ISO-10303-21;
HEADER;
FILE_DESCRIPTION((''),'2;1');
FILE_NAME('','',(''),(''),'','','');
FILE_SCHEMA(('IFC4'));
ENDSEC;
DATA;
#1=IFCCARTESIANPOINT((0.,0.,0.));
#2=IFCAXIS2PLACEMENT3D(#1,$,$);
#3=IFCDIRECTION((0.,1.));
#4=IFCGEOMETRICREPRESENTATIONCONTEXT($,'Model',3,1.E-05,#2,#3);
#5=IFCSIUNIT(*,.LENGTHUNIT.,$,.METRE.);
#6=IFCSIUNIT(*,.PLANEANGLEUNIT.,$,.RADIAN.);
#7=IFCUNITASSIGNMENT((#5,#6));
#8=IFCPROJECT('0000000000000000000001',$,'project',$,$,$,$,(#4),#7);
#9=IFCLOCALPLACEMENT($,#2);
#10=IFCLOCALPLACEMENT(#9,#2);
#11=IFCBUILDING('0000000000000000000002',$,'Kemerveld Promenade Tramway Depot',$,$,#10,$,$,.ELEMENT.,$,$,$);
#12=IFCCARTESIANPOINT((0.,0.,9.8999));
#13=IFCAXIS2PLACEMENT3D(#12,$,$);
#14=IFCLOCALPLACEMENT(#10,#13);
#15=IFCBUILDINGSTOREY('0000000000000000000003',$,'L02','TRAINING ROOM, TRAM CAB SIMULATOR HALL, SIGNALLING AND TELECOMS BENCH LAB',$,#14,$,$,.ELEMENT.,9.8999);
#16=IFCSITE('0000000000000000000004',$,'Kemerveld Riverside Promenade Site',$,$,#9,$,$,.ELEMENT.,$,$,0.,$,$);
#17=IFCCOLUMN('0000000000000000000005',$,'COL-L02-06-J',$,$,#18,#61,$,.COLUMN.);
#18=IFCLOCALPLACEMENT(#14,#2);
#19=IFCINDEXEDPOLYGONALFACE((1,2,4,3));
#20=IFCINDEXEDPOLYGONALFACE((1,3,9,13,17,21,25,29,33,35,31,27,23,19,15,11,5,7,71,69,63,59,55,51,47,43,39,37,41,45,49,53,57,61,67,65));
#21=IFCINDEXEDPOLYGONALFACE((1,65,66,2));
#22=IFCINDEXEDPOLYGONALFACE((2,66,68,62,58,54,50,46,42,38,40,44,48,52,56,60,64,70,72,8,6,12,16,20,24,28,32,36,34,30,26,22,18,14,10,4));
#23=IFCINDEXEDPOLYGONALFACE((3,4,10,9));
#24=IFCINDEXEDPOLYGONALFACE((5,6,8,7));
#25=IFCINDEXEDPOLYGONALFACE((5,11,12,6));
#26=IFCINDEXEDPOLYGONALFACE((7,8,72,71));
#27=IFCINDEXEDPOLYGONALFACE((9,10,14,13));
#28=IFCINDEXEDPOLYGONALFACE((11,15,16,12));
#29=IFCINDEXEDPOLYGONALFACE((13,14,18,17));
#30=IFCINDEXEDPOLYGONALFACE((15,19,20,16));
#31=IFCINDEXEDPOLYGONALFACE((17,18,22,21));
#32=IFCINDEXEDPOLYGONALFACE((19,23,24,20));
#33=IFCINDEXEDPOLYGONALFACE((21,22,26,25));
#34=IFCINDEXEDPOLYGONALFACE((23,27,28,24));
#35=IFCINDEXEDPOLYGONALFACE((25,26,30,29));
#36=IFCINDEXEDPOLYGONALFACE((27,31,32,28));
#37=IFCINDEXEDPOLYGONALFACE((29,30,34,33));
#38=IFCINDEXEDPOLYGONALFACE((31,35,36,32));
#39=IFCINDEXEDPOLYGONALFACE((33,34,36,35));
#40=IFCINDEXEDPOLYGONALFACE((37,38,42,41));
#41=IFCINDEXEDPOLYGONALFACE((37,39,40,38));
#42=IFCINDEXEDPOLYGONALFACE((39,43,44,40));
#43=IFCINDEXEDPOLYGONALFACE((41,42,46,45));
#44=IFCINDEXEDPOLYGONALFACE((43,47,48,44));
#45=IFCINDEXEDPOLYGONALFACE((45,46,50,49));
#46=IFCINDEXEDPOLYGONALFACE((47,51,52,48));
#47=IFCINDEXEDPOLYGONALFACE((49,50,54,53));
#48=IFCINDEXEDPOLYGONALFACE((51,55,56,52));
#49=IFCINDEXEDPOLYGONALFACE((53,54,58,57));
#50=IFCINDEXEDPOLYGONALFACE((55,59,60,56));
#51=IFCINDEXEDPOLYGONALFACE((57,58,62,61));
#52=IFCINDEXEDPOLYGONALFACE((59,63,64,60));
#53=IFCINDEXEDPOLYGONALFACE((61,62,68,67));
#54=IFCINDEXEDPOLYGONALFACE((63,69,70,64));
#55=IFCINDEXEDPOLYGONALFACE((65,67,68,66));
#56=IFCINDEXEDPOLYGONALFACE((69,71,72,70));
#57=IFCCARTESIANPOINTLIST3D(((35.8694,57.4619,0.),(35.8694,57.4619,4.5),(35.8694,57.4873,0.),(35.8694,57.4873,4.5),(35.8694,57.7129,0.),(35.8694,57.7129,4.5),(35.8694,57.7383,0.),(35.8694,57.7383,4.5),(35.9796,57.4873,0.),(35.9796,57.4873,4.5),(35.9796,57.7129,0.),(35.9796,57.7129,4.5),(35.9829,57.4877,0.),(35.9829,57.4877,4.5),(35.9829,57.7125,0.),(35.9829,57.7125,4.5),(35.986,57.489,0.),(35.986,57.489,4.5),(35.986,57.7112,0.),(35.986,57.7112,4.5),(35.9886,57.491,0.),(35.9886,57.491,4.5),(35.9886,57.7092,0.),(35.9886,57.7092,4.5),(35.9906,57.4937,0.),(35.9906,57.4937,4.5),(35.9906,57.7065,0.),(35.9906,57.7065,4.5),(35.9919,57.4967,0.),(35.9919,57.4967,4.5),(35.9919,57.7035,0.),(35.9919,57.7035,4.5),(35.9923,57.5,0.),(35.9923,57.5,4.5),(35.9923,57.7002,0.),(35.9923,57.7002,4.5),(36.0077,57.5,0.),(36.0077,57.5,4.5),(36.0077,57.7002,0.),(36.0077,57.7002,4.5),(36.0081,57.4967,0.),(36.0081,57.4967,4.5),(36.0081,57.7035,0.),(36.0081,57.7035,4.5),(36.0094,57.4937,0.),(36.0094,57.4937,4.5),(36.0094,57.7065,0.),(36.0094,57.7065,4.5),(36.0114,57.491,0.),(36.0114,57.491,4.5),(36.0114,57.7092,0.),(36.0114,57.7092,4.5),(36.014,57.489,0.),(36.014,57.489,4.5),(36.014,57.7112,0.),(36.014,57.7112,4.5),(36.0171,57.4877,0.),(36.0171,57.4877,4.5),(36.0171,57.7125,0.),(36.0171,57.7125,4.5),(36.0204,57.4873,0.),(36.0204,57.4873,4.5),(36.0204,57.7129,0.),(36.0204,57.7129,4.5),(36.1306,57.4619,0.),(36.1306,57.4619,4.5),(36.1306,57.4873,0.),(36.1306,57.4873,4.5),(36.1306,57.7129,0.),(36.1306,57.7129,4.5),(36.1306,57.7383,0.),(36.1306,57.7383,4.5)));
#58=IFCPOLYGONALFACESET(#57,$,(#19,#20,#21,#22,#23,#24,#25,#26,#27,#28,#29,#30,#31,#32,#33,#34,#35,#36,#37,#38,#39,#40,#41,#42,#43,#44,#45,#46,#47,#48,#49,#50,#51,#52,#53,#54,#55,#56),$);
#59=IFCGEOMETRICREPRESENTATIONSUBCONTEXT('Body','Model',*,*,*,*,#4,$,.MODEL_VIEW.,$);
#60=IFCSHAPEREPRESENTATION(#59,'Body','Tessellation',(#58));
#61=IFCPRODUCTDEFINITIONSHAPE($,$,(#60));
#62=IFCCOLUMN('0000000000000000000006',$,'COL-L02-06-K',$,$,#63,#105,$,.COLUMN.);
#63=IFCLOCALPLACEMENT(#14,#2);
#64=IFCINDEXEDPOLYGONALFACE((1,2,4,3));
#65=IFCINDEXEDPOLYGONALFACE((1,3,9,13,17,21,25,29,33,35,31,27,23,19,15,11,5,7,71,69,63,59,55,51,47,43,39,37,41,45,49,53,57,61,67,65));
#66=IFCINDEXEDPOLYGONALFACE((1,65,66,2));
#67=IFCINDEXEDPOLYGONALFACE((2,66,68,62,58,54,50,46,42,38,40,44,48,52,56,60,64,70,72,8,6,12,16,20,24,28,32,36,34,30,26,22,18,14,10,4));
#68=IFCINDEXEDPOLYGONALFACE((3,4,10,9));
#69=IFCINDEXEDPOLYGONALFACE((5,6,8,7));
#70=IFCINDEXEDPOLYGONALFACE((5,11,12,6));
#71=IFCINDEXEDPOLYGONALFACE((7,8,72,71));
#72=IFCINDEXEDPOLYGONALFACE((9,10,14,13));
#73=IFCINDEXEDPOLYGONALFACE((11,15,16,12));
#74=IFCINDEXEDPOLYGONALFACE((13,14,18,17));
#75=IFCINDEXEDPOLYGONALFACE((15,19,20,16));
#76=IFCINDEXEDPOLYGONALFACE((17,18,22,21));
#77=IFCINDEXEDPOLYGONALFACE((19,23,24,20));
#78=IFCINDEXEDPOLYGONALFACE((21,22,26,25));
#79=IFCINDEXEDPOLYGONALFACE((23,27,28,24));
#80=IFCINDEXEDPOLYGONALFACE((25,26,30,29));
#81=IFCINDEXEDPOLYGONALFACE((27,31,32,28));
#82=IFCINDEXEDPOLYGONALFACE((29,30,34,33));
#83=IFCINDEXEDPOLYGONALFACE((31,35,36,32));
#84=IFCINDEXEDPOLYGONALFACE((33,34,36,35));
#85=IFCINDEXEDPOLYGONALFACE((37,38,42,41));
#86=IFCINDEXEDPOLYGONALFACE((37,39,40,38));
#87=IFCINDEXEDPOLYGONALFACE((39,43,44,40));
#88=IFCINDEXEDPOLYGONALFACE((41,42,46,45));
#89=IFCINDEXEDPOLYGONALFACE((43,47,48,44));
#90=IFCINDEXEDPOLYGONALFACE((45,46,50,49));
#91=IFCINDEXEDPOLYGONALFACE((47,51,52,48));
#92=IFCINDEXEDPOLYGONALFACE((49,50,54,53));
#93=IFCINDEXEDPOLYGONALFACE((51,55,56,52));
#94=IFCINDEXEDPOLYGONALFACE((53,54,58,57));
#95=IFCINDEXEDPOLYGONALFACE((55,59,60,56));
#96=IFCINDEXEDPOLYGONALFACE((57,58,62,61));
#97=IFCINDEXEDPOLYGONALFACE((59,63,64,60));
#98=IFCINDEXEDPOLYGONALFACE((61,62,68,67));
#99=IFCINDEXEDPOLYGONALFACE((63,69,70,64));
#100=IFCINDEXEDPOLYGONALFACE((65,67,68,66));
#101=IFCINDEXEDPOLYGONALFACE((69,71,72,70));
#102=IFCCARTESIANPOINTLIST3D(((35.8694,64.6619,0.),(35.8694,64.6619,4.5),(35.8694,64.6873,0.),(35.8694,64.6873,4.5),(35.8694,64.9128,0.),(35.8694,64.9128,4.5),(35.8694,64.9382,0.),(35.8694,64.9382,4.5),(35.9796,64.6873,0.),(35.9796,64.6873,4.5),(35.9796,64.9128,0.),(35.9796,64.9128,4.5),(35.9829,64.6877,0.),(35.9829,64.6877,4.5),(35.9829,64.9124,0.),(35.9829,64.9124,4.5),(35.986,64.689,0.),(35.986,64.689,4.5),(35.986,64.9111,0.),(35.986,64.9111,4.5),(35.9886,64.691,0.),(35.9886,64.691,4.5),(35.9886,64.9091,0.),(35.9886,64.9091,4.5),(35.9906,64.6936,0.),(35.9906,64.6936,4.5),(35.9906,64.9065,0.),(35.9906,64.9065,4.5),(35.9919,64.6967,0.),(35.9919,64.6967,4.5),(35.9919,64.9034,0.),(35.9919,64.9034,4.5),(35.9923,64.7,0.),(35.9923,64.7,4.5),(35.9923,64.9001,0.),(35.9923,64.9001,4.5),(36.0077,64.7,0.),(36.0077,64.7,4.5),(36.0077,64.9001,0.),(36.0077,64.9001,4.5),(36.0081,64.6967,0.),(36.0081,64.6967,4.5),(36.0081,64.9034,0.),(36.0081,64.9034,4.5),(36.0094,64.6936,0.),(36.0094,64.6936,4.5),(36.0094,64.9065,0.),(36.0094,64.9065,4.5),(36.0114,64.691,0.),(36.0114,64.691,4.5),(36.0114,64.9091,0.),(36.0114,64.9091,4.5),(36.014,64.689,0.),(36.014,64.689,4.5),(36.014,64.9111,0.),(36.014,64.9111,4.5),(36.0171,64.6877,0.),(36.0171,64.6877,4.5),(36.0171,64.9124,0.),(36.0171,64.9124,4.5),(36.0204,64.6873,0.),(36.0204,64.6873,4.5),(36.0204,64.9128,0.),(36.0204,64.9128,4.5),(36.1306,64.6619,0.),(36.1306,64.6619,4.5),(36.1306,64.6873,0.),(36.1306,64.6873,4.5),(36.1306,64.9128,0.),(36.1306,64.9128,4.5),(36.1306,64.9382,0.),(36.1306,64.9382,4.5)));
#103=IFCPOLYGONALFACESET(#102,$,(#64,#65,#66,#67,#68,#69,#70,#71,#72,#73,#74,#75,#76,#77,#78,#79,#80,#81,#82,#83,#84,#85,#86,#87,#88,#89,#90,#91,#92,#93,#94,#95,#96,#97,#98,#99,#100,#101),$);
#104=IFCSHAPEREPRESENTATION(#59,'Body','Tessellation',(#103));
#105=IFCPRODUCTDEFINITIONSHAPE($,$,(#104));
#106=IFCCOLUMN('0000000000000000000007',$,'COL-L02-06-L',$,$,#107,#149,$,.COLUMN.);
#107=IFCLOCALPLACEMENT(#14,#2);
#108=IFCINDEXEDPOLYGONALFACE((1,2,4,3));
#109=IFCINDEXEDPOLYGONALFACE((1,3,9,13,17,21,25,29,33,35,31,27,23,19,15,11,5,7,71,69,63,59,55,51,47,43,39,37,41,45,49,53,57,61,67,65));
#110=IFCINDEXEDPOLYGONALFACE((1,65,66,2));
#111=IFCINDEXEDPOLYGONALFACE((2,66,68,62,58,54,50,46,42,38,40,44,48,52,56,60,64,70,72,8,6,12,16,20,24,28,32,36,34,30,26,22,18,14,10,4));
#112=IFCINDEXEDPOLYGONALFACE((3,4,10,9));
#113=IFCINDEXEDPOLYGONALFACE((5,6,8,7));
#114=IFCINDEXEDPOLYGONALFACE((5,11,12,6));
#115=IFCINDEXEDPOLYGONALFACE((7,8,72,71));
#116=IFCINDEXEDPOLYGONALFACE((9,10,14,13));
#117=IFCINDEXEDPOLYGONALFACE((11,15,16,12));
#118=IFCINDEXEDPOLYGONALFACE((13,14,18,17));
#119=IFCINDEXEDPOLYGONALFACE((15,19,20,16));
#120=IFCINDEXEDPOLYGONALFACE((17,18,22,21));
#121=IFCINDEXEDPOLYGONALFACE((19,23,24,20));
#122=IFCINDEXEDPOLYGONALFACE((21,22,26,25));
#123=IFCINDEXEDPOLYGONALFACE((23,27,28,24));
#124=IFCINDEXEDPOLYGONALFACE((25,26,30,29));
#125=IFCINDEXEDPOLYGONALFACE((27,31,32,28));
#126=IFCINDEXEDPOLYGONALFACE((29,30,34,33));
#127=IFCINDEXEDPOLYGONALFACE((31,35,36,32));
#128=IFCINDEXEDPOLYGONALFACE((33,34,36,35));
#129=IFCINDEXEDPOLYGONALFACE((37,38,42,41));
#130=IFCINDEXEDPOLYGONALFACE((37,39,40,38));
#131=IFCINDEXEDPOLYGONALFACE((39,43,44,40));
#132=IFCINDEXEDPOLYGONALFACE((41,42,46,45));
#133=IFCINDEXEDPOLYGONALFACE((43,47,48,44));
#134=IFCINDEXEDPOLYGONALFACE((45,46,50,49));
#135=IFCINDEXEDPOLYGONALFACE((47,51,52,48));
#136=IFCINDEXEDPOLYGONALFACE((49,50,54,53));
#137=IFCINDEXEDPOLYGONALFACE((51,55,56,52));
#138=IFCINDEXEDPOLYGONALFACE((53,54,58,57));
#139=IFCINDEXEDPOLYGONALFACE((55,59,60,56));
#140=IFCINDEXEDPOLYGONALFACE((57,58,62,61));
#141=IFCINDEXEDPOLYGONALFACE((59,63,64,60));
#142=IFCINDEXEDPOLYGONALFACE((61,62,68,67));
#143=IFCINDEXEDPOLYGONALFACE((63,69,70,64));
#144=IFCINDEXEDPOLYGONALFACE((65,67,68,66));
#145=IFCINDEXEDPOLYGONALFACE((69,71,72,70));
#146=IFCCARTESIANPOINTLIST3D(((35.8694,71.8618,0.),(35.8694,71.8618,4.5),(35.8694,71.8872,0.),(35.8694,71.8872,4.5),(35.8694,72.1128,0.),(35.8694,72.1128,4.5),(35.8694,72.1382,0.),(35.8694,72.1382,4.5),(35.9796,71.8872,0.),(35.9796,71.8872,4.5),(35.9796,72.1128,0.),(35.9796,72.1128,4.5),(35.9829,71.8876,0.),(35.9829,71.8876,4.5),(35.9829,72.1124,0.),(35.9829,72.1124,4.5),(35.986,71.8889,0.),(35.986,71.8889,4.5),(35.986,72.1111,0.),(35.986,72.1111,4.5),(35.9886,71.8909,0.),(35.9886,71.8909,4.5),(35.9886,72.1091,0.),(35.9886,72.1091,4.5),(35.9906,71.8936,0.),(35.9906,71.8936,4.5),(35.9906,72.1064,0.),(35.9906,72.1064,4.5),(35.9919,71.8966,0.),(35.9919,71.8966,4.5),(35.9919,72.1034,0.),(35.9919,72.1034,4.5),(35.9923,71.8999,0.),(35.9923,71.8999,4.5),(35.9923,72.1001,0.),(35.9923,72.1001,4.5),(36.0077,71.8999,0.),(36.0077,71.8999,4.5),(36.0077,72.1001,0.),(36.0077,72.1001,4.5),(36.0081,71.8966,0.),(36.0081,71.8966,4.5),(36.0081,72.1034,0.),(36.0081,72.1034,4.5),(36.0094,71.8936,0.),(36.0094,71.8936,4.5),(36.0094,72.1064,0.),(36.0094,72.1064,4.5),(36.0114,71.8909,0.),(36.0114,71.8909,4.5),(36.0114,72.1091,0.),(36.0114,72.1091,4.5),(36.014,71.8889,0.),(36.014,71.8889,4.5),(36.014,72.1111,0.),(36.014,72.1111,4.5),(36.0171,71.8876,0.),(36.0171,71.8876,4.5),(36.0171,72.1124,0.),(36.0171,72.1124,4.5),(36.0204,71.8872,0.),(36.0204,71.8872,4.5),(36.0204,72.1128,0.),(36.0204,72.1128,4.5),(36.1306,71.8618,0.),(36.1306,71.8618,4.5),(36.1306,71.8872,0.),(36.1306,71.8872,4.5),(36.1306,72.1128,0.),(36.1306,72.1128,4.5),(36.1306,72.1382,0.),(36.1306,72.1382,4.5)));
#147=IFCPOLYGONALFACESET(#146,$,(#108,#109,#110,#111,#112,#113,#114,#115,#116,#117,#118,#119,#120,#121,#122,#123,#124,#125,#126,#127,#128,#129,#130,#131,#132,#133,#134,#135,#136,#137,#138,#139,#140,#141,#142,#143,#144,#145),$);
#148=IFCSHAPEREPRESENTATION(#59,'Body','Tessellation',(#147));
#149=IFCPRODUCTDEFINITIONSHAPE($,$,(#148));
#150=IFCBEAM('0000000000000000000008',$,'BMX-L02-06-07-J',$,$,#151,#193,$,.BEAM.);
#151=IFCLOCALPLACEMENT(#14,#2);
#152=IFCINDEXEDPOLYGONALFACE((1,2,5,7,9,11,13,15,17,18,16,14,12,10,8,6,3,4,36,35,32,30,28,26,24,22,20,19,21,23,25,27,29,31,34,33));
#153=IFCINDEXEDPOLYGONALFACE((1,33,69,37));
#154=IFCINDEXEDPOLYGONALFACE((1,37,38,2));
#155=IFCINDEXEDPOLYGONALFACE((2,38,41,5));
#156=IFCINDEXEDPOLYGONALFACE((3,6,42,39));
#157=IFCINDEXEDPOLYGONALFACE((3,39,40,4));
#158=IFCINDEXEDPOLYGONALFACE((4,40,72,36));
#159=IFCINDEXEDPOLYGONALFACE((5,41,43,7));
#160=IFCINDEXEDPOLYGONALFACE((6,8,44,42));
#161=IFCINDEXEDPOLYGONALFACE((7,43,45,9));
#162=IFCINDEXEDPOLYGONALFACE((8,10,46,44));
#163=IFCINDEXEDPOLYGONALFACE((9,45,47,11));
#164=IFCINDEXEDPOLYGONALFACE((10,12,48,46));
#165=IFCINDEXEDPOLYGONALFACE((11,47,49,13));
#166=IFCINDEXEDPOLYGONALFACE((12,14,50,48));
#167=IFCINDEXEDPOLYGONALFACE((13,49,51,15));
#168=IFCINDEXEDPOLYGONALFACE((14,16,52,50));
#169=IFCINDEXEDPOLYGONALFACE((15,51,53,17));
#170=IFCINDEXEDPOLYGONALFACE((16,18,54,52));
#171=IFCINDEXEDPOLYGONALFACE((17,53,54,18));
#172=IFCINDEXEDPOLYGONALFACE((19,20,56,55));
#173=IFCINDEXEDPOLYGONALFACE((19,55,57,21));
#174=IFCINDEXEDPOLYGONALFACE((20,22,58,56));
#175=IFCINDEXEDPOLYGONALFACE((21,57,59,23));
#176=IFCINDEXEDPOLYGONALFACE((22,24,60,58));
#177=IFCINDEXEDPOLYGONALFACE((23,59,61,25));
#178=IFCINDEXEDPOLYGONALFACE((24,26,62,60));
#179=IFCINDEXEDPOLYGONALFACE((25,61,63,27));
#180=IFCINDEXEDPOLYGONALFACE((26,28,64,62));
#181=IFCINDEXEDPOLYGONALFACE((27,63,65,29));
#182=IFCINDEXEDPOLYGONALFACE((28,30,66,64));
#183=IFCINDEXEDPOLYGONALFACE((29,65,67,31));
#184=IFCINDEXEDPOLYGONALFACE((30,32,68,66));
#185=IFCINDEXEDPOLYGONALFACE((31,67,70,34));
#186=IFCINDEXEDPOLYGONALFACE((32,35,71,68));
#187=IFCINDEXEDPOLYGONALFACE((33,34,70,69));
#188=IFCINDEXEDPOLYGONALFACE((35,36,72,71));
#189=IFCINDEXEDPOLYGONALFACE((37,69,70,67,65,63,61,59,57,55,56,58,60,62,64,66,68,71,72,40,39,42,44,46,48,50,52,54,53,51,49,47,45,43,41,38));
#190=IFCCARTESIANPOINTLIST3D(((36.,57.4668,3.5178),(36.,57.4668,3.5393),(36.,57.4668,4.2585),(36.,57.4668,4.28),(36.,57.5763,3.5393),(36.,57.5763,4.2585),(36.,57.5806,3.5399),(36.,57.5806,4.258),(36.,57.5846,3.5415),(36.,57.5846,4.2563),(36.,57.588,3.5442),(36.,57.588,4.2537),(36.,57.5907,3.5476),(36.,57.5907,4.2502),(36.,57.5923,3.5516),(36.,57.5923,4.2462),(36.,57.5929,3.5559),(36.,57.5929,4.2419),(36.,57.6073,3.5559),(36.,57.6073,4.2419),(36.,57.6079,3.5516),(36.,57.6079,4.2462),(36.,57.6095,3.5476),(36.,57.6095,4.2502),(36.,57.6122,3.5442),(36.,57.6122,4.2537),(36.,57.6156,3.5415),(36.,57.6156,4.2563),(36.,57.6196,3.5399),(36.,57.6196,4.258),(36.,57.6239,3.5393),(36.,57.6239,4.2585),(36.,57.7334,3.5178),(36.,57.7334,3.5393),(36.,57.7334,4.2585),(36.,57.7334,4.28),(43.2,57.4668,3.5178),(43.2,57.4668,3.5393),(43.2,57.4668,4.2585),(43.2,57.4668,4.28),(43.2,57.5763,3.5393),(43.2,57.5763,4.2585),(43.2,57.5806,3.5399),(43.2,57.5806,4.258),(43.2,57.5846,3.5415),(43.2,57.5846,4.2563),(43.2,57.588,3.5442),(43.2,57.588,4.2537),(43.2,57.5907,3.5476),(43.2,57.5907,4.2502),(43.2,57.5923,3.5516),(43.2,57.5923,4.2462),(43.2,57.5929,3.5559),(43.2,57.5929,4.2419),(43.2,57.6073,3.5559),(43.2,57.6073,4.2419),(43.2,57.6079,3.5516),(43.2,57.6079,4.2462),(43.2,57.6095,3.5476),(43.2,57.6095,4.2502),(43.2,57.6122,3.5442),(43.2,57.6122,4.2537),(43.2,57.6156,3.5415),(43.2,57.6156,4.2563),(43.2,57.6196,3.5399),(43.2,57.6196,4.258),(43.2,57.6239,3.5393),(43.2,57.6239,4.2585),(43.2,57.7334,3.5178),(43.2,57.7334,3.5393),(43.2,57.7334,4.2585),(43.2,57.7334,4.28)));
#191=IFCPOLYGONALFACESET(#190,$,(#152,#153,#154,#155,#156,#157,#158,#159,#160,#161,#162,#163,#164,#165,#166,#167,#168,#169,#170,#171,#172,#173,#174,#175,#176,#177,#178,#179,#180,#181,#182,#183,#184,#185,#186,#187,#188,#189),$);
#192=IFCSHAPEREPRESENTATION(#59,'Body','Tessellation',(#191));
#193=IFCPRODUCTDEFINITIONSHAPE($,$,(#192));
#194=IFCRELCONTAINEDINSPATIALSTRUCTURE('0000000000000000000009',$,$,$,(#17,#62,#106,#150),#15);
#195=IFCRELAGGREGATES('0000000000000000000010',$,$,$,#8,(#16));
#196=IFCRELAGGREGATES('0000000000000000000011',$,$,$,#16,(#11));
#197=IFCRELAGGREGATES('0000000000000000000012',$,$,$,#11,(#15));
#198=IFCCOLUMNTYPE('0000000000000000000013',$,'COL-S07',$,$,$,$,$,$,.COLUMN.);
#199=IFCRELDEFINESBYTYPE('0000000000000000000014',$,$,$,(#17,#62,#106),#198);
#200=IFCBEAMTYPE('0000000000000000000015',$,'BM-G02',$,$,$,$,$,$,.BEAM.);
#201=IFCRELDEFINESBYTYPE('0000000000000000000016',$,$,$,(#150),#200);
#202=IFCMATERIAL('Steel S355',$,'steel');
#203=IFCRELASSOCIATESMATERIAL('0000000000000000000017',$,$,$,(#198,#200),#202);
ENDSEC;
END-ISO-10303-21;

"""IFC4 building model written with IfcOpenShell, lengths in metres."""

from ifc_helpers import new_model, si_unit, direction, frame, origin, origin_2d, place, context, subcontext, project, spatial, i_section, extrude, material, material_profile, profile_set, type_object, element, save


model = new_model("IFC4")

# Units and contexts
model_context = context("Model", 3, precision=1e-05, world=origin(), true_north=direction((0.0, 1.0)))
body_context = subcontext(model_context, "Body", "Model", "MODEL_VIEW")
ifc_project = project(units=[si_unit("LENGTHUNIT", "METRE"), si_unit("PLANEANGLEUNIT", "RADIAN")], contexts=[model_context])

# Site, building, storey
site_placement = place(None, origin())
site = spatial("IfcSite", under=ifc_project, at=site_placement, Name="Kemerveld Riverside Promenade Site", CompositionType="ELEMENT", RefElevation=0.0)
building_placement = place(site_placement, origin())
building = spatial("IfcBuilding", under=site, at=building_placement, Name="Kemerveld Promenade Tramway Depot", CompositionType="ELEMENT")
storey_placement = place(building_placement, frame((0.0, 0.0, 9.8999)))
storey = spatial("IfcBuildingStorey", under=building, at=storey_placement, Name="L02", Description="TRAINING ROOM, TRAM CAB SIMULATOR HALL, SIGNALLING AND TELECOMS BENCH LAB", CompositionType="ELEMENT", Elevation=9.8999)

# Columns
ifc_material_1 = material(Name="Steel S355", Category="steel")
ifc_material_profile_1 = material_profile(ifc_material_1, i_section(OverallWidth=0.2612, OverallDepth=0.2764, WebThickness=0.0154, FlangeThickness=0.0254, FilletRadius=0.0127, at=origin_2d()), Name="254x254x132 UC")
ifc_profile_set_1 = profile_set([ifc_material_profile_1], Name="Steel S355")
column_type = type_object("IfcColumnType", Name="COL-S07", PredefinedType="COLUMN", material=ifc_profile_set_1)
for number, where, z_axis, x_axis, name in (
    (1, (36.0, 57.6001, 0.0), (0.0, 0.0, 1.0), (1.0, 0.0, 0.0), "COL-L02-06-J"),
    (2, (36.0, 64.8, 0.0), (0.0, 0.0, 1.0), (1.0, 0.0, 0.0), "COL-L02-06-K"),
    (3, (36.0, 72.0, 0.0), (0.0, 0.0, 1.0), (1.0, 0.0, 0.0), "COL-L02-06-L"),
):
    element("IfcColumn", number, at=place(storey_placement, frame(where, z_axis=z_axis, x_axis=x_axis)), inside=storey, type_object=column_type, Name=name, PredefinedType="COLUMN", context=body_context, shape_type="SweptSolid", body=[
        extrude(i_section(OverallWidth=0.2612, OverallDepth=0.2764, WebThickness=0.0154, FlangeThickness=0.0254, FilletRadius=0.0127, at=origin_2d()), origin(), (0.0, 0.0, 1.0), 4.5),
    ])

# Beam
ifc_material_profile_2 = material_profile(ifc_material_1, i_section(OverallWidth=0.2666, OverallDepth=0.7622, WebThickness=0.0144, FlangeThickness=0.0215, FilletRadius=0.0166, at=origin_2d()), Name="762x267x173 UB")
ifc_profile_set_2 = profile_set([ifc_material_profile_2], Name="Steel S355")
beam_type_1 = type_object("IfcBeamType", Name="BM-G02", PredefinedType="BEAM", material=ifc_profile_set_2)
beam_1_placement = place(storey_placement, frame((36.0, 57.6001, 3.8989), z_axis=(1.0, 0.0, 0.0), x_axis=(0.0, 1.0, 0.0)))
element("IfcBeam", 4, at=beam_1_placement, inside=storey, type_object=beam_type_1, Name="BMX-L02-06-07-J", PredefinedType="BEAM", context=body_context, shape_type="SweptSolid", body=[
    extrude(i_section(OverallWidth=0.2666, OverallDepth=0.7622, WebThickness=0.0144, FlangeThickness=0.0215, FilletRadius=0.0166, at=origin_2d()), origin(), (0.0, 0.0, 1.0), 7.2),
])

save(model, "model.ifc")
